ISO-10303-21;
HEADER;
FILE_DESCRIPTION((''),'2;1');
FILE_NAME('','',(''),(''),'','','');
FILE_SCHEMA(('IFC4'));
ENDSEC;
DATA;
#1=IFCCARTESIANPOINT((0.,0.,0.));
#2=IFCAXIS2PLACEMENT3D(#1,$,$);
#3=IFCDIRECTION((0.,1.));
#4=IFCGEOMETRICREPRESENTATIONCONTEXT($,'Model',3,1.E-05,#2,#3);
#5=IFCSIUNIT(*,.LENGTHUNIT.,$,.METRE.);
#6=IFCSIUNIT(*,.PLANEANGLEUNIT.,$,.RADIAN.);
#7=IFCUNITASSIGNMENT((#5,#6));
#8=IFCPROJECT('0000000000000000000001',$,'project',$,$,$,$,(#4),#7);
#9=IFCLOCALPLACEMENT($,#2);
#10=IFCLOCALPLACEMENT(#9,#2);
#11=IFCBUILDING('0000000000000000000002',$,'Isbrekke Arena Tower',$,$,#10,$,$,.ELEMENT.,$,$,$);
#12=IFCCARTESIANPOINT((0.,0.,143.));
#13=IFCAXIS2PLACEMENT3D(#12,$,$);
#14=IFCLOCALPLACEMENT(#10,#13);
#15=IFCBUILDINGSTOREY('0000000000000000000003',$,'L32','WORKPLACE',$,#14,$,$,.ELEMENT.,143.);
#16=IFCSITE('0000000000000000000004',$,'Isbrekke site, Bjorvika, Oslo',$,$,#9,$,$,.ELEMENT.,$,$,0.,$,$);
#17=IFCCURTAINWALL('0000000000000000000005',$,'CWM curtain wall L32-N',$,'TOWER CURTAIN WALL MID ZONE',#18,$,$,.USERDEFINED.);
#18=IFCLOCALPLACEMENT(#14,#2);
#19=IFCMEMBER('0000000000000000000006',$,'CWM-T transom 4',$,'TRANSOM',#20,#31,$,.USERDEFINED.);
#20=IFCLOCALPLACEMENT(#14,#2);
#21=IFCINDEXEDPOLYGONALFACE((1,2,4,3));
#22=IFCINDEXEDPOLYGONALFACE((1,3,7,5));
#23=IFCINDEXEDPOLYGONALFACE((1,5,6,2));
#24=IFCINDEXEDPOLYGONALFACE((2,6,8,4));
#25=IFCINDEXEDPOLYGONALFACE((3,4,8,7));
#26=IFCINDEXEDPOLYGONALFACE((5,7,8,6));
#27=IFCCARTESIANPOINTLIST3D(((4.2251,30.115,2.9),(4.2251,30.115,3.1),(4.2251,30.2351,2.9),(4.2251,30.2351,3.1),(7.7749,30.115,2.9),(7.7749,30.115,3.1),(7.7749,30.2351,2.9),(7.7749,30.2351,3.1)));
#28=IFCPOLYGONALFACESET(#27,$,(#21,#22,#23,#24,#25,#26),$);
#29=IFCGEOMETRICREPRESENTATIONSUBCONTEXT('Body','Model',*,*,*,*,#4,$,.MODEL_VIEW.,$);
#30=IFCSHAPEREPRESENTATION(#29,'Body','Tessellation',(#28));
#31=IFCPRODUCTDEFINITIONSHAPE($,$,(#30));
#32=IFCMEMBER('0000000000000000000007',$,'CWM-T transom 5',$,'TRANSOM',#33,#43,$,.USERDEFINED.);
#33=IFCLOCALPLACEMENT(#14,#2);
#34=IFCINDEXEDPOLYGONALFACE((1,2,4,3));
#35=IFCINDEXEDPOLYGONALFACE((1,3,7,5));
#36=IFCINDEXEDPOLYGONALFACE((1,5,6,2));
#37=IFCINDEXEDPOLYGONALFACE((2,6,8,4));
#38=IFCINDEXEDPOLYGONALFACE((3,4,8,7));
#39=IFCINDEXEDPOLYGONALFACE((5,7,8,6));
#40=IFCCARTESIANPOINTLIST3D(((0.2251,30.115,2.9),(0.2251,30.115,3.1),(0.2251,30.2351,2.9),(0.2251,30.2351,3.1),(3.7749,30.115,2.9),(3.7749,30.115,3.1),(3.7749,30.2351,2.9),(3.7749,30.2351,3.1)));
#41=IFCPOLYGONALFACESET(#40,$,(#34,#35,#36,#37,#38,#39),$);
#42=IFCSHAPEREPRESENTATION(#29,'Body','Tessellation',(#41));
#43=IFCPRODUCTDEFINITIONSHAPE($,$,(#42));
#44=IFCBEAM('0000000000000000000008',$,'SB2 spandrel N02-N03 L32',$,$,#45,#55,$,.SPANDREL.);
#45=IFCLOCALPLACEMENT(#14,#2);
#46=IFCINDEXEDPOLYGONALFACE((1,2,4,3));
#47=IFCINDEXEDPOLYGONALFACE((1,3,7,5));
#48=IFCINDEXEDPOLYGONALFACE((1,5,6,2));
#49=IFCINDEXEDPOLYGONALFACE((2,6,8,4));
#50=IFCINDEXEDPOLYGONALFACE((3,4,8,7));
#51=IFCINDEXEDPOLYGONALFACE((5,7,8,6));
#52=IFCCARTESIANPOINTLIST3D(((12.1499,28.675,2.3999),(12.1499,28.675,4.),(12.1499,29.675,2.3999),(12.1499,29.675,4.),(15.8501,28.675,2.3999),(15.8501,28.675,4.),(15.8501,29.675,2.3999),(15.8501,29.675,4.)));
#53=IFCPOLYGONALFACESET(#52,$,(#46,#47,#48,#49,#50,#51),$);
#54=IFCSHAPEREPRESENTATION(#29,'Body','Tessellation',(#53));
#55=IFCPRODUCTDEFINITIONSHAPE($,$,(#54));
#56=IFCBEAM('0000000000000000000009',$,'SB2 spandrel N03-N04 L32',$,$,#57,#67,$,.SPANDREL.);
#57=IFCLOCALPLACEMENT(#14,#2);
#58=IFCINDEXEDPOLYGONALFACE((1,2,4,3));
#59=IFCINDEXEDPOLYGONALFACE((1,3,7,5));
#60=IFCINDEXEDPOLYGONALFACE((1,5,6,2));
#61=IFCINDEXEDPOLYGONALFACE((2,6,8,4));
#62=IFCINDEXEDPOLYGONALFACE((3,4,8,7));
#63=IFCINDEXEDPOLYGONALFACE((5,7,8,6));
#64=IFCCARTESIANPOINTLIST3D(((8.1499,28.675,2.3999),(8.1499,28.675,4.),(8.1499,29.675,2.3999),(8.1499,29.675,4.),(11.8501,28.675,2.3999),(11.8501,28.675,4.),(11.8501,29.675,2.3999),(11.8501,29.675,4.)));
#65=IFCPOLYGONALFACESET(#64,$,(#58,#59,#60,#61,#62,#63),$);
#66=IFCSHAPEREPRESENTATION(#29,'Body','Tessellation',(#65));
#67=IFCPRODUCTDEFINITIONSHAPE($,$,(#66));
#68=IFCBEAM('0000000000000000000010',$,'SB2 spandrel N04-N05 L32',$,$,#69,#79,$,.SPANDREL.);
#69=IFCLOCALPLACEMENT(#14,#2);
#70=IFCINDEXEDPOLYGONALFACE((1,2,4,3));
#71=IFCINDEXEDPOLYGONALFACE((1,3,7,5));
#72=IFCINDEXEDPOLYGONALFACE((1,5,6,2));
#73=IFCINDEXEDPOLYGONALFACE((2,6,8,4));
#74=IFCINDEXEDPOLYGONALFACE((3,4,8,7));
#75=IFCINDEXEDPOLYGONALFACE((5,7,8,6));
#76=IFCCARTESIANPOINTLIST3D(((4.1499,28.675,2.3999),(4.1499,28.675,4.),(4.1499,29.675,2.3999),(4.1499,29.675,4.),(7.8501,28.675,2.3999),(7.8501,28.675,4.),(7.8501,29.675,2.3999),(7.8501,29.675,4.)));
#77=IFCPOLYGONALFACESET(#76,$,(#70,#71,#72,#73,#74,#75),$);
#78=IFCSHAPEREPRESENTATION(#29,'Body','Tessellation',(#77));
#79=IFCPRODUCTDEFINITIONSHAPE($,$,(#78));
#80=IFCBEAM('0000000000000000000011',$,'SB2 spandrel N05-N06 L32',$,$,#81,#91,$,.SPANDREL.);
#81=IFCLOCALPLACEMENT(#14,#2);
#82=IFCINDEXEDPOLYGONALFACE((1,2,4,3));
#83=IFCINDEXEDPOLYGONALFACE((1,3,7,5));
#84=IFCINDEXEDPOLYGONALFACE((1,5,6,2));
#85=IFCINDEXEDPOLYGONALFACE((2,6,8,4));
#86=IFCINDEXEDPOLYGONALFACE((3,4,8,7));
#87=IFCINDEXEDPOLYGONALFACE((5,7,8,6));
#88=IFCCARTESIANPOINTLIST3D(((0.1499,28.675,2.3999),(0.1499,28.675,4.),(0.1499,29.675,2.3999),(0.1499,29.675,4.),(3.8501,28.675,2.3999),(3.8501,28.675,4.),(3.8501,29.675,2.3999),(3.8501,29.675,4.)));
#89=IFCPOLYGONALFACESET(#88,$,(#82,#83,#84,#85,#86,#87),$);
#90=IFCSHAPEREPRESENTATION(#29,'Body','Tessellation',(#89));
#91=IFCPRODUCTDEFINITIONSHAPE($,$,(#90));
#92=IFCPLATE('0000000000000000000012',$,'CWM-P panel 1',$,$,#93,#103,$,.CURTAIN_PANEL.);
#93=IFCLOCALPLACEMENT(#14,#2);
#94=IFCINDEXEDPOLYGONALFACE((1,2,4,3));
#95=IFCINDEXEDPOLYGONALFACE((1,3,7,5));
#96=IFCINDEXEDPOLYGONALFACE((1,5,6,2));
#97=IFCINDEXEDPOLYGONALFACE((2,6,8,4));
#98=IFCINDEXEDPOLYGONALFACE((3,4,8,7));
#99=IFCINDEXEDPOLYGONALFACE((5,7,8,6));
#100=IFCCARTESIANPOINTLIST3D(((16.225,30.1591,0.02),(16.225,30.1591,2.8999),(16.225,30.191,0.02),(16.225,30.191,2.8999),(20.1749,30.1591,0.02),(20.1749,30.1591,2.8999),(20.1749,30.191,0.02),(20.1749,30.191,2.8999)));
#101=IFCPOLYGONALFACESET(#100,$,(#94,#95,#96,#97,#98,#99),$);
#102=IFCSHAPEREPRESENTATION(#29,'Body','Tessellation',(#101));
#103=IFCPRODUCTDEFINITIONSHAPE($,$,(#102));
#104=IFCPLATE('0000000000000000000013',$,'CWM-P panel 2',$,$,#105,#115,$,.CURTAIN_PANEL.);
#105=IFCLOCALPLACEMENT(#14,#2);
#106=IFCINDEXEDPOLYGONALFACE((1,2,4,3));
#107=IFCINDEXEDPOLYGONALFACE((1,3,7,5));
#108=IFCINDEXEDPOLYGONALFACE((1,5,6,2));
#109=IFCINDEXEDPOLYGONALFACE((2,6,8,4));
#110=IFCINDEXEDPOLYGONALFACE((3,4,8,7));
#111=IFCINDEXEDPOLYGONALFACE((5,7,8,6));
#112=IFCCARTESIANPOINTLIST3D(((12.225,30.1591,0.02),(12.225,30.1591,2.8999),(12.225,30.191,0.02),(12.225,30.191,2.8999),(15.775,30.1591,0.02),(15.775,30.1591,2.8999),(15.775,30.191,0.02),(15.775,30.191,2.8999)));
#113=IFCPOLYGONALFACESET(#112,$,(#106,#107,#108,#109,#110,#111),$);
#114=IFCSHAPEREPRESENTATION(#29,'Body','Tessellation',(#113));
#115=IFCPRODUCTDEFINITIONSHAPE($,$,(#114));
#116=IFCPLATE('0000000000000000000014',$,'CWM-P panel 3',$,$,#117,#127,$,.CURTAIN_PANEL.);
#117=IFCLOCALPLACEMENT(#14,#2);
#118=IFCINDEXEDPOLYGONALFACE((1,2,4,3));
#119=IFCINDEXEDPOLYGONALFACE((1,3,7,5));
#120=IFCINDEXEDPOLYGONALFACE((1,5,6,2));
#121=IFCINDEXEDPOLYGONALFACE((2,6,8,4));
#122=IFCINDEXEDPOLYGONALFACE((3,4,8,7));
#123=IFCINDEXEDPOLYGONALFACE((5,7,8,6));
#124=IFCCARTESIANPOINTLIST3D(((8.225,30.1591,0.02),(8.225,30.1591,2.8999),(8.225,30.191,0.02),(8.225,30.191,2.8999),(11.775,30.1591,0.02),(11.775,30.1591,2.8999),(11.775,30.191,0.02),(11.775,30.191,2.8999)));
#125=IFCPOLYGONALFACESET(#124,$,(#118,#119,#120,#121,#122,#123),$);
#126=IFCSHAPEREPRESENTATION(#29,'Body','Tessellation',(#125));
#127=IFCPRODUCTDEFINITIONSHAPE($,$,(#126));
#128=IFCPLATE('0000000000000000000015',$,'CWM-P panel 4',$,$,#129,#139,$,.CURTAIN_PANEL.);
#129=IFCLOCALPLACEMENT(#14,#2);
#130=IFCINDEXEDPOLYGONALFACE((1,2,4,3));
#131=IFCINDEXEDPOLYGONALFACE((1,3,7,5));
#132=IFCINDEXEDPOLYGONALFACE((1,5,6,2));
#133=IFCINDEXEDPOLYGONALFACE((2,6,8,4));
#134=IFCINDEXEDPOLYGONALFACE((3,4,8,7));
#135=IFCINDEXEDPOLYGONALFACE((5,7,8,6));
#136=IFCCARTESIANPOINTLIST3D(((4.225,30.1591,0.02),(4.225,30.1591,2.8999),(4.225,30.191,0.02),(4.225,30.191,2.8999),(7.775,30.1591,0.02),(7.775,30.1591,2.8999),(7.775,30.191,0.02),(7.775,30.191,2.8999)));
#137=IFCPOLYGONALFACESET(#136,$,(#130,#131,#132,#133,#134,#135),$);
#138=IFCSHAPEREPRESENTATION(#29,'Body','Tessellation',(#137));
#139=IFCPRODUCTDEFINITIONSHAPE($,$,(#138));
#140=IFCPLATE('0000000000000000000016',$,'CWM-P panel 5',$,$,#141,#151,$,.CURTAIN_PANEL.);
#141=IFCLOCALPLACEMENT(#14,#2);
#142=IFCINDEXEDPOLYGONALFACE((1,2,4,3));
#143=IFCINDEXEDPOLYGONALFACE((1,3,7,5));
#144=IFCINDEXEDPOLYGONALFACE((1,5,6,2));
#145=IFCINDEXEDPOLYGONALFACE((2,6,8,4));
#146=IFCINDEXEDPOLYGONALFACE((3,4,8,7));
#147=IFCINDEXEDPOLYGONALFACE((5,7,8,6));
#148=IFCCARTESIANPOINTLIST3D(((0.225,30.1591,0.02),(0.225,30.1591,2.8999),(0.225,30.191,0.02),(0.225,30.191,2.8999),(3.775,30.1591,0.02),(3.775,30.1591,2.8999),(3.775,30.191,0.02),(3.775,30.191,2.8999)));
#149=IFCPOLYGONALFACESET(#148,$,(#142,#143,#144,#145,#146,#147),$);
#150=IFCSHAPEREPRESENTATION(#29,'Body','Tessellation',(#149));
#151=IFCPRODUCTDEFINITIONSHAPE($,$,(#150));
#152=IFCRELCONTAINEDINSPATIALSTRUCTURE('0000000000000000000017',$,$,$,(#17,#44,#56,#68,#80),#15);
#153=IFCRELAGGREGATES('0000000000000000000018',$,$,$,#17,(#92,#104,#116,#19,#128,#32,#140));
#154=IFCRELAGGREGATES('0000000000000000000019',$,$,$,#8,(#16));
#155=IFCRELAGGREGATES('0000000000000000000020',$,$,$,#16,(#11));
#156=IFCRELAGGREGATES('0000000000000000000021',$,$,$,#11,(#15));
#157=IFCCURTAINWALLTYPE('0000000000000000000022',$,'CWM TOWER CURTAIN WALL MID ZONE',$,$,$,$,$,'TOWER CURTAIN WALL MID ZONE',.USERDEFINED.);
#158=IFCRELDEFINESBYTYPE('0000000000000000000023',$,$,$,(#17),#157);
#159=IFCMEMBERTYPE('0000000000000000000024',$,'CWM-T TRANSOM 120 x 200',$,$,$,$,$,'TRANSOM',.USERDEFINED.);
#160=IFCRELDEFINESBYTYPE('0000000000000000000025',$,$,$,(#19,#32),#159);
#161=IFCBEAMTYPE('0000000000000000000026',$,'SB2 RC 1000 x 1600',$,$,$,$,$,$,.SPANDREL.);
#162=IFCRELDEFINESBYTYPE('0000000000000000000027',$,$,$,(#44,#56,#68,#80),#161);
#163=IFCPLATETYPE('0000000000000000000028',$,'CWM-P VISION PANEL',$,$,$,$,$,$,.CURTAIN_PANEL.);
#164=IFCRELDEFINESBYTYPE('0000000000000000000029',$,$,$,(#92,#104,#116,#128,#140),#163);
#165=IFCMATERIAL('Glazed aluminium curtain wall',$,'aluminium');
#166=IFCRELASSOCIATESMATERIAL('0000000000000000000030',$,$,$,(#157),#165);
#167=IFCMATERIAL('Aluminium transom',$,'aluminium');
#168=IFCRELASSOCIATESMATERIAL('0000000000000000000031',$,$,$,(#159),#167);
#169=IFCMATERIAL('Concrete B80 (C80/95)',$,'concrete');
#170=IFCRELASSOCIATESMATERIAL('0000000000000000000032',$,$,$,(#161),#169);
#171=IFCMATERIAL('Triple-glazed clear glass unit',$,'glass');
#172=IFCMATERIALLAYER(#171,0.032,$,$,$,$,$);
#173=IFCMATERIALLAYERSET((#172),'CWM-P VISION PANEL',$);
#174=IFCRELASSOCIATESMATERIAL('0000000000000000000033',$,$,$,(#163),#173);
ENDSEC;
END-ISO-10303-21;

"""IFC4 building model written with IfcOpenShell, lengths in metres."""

from ifc_helpers import new_model, si_unit, direction, frame, origin, origin_2d, place, context, subcontext, project, spatial, rectangle, extrude, material, layer, layer_set, material_profile, profile_set, type_object, element, aggregate, save


model = new_model("IFC4")

# Units and contexts
model_context = context("Model", 3, precision=1e-05, world=origin(), true_north=direction((0.0, 1.0)))
body_context = subcontext(model_context, "Body", "Model", "MODEL_VIEW")
ifc_project = project(units=[si_unit("LENGTHUNIT", "METRE"), si_unit("PLANEANGLEUNIT", "RADIAN")], contexts=[model_context])

# Site, building, storey
site_placement = place(None, origin())
site = spatial("IfcSite", under=ifc_project, at=site_placement, Name="Isbrekke site, Bjorvika, Oslo", CompositionType="ELEMENT", RefElevation=0.0)
building_placement = place(site_placement, origin())
building = spatial("IfcBuilding", under=site, at=building_placement, Name="Isbrekke Arena Tower", CompositionType="ELEMENT")
storey_placement = place(building_placement, frame((0.0, 0.0, 143.0)))
storey = spatial("IfcBuildingStorey", under=building, at=storey_placement, Name="L32", Description="WORKPLACE", CompositionType="ELEMENT", Elevation=143.0)

# Curtain wall, members
ifc_material_1 = material(Name="Glazed aluminium curtain wall", Category="aluminium")
curtain_wall_type = type_object("IfcCurtainWallType", Name="CWM TOWER CURTAIN WALL MID ZONE", ElementType="TOWER CURTAIN WALL MID ZONE", PredefinedType="USERDEFINED", material=ifc_material_1)
curtain_wall_placement = place(storey_placement, origin())
curtain_wall = element("IfcCurtainWall", 1, at=curtain_wall_placement, inside=storey, type_object=curtain_wall_type, Name="CWM curtain wall L32-N", ObjectType="TOWER CURTAIN WALL MID ZONE", PredefinedType="USERDEFINED")
ifc_material_2 = material(Name="Aluminium transom", Category="aluminium")
ifc_material_profile_1 = material_profile(ifc_material_2, rectangle(XDim=0.1201, YDim=0.2, at=origin_2d()), Name="TRANSOM 120X200")
ifc_profile_set_1 = profile_set([ifc_material_profile_1], Name="Aluminium transom")
member_type_1 = type_object("IfcMemberType", Name="CWM-T TRANSOM 120 x 200", ElementType="TRANSOM", PredefinedType="USERDEFINED", material=ifc_profile_set_1)
member_1_placement = place(storey_placement, frame((7.7749, 30.175, 3.0), z_axis=(-1.0, 0.0, 0.0), x_axis=(0.0, -1.0, 0.0)))
member_1 = element("IfcMember", 2, at=member_1_placement, type_object=member_type_1, Name="CWM-T transom 4", ObjectType="TRANSOM", PredefinedType="USERDEFINED", context=body_context, shape_type="SweptSolid", body=[
    extrude(rectangle(XDim=0.1201, YDim=0.2, at=origin_2d()), origin(), (0.0, 0.0, 1.0), 3.5498),
])
member_2_placement = place(storey_placement, frame((3.7749, 30.175, 3.0), z_axis=(-1.0, 0.0, 0.0), x_axis=(0.0, -1.0, 0.0)))
member_2 = element("IfcMember", 3, at=member_2_placement, type_object=member_type_1, Name="CWM-T transom 5", ObjectType="TRANSOM", PredefinedType="USERDEFINED", context=body_context, shape_type="SweptSolid", body=[
    extrude(rectangle(XDim=0.1201, YDim=0.2, at=origin_2d()), origin(), (0.0, 0.0, 1.0), 3.5498),
])

# Beams
ifc_material_3 = material(Name="Concrete B80 (C80/95)", Category="concrete")
ifc_material_profile_2 = material_profile(ifc_material_3, rectangle(XDim=1.0, YDim=1.6001, at=origin_2d()), Name="RC 1000x1600")
ifc_profile_set_2 = profile_set([ifc_material_profile_2], Name="Concrete B80 (C80/95)")
beam_type_1 = type_object("IfcBeamType", Name="SB2 RC 1000 x 1600", PredefinedType="SPANDREL", material=ifc_profile_set_2)
for number, where, z_axis, x_axis, name in (
    (4, (15.8501, 29.175, 3.2), (-1.0, 0.0, 0.0), (0.0, -1.0, 0.0), "SB2 spandrel N02-N03 L32"),
    (5, (11.8501, 29.175, 3.2), (-1.0, 0.0, 0.0), (0.0, -1.0, 0.0), "SB2 spandrel N03-N04 L32"),
    (6, (7.8501, 29.175, 3.2), (-1.0, 0.0, 0.0), (0.0, -1.0, 0.0), "SB2 spandrel N04-N05 L32"),
    (7, (3.8501, 29.175, 3.2), (-1.0, 0.0, 0.0), (0.0, -1.0, 0.0), "SB2 spandrel N05-N06 L32"),
):
    element("IfcBeam", number, at=place(storey_placement, frame(where, z_axis=z_axis, x_axis=x_axis)), inside=storey, type_object=beam_type_1, Name=name, PredefinedType="SPANDREL", context=body_context, shape_type="SweptSolid", body=[
        extrude(rectangle(XDim=1.0, YDim=1.6001, at=origin_2d()), origin(), (0.0, 0.0, 1.0), 3.7002),
    ])

# Plates
ifc_material_4 = material(Name="Triple-glazed clear glass unit", Category="glass")
ifc_layer = layer(ifc_material_4, 0.032)
ifc_layer_set = layer_set([ifc_layer], Name="CWM-P VISION PANEL")
plate_type = type_object("IfcPlateType", Name="CWM-P VISION PANEL", PredefinedType="CURTAIN_PANEL", material=ifc_layer_set)
plate_1_placement = place(storey_placement, frame((18.2, 30.175, 0.02), z_axis=(0.0, 0.0, 1.0), x_axis=(-1.0, 0.0, 0.0)))
plate_1 = element("IfcPlate", 8, at=plate_1_placement, type_object=plate_type, Name="CWM-P panel 1", PredefinedType="CURTAIN_PANEL", context=body_context, shape_type="SweptSolid", body=[
    extrude(rectangle(XDim=3.95, YDim=0.032, at=origin_2d()), origin(), (0.0, 0.0, 1.0), 2.8799),
])
plate_2_placement = place(storey_placement, frame((14.0, 30.175, 0.02), z_axis=(0.0, 0.0, 1.0), x_axis=(-1.0, 0.0, 0.0)))
plate_2 = element("IfcPlate", 9, at=plate_2_placement, type_object=plate_type, Name="CWM-P panel 2", PredefinedType="CURTAIN_PANEL", context=body_context, shape_type="SweptSolid", body=[
    extrude(rectangle(XDim=3.55, YDim=0.032, at=origin_2d()), origin(), (0.0, 0.0, 1.0), 2.8799),
])
plate_3_placement = place(storey_placement, frame((10.0, 30.175, 0.02), z_axis=(0.0, 0.0, 1.0), x_axis=(-1.0, 0.0, 0.0)))
plate_3 = element("IfcPlate", 10, at=plate_3_placement, type_object=plate_type, Name="CWM-P panel 3", PredefinedType="CURTAIN_PANEL", context=body_context, shape_type="SweptSolid", body=[
    extrude(rectangle(XDim=3.55, YDim=0.032, at=origin_2d()), origin(), (0.0, 0.0, 1.0), 2.8799),
])
plate_4_placement = place(storey_placement, frame((6.0, 30.175, 0.02), z_axis=(0.0, 0.0, 1.0), x_axis=(-1.0, 0.0, 0.0)))
plate_4 = element("IfcPlate", 11, at=plate_4_placement, type_object=plate_type, Name="CWM-P panel 4", PredefinedType="CURTAIN_PANEL", context=body_context, shape_type="SweptSolid", body=[
    extrude(rectangle(XDim=3.55, YDim=0.032, at=origin_2d()), origin(), (0.0, 0.0, 1.0), 2.8799),
])
plate_5_placement = place(storey_placement, frame((2.0, 30.175, 0.02), z_axis=(0.0, 0.0, 1.0), x_axis=(-1.0, 0.0, 0.0)))
plate_5 = element("IfcPlate", 12, at=plate_5_placement, type_object=plate_type, Name="CWM-P panel 5", PredefinedType="CURTAIN_PANEL", context=body_context, shape_type="SweptSolid", body=[
    extrude(rectangle(XDim=3.55, YDim=0.032, at=origin_2d()), origin(), (0.0, 0.0, 1.0), 2.8799),
])
aggregate(curtain_wall, [plate_1, plate_2, plate_3, member_1, plate_4, member_2, plate_5])

save(model, "model.ifc")
